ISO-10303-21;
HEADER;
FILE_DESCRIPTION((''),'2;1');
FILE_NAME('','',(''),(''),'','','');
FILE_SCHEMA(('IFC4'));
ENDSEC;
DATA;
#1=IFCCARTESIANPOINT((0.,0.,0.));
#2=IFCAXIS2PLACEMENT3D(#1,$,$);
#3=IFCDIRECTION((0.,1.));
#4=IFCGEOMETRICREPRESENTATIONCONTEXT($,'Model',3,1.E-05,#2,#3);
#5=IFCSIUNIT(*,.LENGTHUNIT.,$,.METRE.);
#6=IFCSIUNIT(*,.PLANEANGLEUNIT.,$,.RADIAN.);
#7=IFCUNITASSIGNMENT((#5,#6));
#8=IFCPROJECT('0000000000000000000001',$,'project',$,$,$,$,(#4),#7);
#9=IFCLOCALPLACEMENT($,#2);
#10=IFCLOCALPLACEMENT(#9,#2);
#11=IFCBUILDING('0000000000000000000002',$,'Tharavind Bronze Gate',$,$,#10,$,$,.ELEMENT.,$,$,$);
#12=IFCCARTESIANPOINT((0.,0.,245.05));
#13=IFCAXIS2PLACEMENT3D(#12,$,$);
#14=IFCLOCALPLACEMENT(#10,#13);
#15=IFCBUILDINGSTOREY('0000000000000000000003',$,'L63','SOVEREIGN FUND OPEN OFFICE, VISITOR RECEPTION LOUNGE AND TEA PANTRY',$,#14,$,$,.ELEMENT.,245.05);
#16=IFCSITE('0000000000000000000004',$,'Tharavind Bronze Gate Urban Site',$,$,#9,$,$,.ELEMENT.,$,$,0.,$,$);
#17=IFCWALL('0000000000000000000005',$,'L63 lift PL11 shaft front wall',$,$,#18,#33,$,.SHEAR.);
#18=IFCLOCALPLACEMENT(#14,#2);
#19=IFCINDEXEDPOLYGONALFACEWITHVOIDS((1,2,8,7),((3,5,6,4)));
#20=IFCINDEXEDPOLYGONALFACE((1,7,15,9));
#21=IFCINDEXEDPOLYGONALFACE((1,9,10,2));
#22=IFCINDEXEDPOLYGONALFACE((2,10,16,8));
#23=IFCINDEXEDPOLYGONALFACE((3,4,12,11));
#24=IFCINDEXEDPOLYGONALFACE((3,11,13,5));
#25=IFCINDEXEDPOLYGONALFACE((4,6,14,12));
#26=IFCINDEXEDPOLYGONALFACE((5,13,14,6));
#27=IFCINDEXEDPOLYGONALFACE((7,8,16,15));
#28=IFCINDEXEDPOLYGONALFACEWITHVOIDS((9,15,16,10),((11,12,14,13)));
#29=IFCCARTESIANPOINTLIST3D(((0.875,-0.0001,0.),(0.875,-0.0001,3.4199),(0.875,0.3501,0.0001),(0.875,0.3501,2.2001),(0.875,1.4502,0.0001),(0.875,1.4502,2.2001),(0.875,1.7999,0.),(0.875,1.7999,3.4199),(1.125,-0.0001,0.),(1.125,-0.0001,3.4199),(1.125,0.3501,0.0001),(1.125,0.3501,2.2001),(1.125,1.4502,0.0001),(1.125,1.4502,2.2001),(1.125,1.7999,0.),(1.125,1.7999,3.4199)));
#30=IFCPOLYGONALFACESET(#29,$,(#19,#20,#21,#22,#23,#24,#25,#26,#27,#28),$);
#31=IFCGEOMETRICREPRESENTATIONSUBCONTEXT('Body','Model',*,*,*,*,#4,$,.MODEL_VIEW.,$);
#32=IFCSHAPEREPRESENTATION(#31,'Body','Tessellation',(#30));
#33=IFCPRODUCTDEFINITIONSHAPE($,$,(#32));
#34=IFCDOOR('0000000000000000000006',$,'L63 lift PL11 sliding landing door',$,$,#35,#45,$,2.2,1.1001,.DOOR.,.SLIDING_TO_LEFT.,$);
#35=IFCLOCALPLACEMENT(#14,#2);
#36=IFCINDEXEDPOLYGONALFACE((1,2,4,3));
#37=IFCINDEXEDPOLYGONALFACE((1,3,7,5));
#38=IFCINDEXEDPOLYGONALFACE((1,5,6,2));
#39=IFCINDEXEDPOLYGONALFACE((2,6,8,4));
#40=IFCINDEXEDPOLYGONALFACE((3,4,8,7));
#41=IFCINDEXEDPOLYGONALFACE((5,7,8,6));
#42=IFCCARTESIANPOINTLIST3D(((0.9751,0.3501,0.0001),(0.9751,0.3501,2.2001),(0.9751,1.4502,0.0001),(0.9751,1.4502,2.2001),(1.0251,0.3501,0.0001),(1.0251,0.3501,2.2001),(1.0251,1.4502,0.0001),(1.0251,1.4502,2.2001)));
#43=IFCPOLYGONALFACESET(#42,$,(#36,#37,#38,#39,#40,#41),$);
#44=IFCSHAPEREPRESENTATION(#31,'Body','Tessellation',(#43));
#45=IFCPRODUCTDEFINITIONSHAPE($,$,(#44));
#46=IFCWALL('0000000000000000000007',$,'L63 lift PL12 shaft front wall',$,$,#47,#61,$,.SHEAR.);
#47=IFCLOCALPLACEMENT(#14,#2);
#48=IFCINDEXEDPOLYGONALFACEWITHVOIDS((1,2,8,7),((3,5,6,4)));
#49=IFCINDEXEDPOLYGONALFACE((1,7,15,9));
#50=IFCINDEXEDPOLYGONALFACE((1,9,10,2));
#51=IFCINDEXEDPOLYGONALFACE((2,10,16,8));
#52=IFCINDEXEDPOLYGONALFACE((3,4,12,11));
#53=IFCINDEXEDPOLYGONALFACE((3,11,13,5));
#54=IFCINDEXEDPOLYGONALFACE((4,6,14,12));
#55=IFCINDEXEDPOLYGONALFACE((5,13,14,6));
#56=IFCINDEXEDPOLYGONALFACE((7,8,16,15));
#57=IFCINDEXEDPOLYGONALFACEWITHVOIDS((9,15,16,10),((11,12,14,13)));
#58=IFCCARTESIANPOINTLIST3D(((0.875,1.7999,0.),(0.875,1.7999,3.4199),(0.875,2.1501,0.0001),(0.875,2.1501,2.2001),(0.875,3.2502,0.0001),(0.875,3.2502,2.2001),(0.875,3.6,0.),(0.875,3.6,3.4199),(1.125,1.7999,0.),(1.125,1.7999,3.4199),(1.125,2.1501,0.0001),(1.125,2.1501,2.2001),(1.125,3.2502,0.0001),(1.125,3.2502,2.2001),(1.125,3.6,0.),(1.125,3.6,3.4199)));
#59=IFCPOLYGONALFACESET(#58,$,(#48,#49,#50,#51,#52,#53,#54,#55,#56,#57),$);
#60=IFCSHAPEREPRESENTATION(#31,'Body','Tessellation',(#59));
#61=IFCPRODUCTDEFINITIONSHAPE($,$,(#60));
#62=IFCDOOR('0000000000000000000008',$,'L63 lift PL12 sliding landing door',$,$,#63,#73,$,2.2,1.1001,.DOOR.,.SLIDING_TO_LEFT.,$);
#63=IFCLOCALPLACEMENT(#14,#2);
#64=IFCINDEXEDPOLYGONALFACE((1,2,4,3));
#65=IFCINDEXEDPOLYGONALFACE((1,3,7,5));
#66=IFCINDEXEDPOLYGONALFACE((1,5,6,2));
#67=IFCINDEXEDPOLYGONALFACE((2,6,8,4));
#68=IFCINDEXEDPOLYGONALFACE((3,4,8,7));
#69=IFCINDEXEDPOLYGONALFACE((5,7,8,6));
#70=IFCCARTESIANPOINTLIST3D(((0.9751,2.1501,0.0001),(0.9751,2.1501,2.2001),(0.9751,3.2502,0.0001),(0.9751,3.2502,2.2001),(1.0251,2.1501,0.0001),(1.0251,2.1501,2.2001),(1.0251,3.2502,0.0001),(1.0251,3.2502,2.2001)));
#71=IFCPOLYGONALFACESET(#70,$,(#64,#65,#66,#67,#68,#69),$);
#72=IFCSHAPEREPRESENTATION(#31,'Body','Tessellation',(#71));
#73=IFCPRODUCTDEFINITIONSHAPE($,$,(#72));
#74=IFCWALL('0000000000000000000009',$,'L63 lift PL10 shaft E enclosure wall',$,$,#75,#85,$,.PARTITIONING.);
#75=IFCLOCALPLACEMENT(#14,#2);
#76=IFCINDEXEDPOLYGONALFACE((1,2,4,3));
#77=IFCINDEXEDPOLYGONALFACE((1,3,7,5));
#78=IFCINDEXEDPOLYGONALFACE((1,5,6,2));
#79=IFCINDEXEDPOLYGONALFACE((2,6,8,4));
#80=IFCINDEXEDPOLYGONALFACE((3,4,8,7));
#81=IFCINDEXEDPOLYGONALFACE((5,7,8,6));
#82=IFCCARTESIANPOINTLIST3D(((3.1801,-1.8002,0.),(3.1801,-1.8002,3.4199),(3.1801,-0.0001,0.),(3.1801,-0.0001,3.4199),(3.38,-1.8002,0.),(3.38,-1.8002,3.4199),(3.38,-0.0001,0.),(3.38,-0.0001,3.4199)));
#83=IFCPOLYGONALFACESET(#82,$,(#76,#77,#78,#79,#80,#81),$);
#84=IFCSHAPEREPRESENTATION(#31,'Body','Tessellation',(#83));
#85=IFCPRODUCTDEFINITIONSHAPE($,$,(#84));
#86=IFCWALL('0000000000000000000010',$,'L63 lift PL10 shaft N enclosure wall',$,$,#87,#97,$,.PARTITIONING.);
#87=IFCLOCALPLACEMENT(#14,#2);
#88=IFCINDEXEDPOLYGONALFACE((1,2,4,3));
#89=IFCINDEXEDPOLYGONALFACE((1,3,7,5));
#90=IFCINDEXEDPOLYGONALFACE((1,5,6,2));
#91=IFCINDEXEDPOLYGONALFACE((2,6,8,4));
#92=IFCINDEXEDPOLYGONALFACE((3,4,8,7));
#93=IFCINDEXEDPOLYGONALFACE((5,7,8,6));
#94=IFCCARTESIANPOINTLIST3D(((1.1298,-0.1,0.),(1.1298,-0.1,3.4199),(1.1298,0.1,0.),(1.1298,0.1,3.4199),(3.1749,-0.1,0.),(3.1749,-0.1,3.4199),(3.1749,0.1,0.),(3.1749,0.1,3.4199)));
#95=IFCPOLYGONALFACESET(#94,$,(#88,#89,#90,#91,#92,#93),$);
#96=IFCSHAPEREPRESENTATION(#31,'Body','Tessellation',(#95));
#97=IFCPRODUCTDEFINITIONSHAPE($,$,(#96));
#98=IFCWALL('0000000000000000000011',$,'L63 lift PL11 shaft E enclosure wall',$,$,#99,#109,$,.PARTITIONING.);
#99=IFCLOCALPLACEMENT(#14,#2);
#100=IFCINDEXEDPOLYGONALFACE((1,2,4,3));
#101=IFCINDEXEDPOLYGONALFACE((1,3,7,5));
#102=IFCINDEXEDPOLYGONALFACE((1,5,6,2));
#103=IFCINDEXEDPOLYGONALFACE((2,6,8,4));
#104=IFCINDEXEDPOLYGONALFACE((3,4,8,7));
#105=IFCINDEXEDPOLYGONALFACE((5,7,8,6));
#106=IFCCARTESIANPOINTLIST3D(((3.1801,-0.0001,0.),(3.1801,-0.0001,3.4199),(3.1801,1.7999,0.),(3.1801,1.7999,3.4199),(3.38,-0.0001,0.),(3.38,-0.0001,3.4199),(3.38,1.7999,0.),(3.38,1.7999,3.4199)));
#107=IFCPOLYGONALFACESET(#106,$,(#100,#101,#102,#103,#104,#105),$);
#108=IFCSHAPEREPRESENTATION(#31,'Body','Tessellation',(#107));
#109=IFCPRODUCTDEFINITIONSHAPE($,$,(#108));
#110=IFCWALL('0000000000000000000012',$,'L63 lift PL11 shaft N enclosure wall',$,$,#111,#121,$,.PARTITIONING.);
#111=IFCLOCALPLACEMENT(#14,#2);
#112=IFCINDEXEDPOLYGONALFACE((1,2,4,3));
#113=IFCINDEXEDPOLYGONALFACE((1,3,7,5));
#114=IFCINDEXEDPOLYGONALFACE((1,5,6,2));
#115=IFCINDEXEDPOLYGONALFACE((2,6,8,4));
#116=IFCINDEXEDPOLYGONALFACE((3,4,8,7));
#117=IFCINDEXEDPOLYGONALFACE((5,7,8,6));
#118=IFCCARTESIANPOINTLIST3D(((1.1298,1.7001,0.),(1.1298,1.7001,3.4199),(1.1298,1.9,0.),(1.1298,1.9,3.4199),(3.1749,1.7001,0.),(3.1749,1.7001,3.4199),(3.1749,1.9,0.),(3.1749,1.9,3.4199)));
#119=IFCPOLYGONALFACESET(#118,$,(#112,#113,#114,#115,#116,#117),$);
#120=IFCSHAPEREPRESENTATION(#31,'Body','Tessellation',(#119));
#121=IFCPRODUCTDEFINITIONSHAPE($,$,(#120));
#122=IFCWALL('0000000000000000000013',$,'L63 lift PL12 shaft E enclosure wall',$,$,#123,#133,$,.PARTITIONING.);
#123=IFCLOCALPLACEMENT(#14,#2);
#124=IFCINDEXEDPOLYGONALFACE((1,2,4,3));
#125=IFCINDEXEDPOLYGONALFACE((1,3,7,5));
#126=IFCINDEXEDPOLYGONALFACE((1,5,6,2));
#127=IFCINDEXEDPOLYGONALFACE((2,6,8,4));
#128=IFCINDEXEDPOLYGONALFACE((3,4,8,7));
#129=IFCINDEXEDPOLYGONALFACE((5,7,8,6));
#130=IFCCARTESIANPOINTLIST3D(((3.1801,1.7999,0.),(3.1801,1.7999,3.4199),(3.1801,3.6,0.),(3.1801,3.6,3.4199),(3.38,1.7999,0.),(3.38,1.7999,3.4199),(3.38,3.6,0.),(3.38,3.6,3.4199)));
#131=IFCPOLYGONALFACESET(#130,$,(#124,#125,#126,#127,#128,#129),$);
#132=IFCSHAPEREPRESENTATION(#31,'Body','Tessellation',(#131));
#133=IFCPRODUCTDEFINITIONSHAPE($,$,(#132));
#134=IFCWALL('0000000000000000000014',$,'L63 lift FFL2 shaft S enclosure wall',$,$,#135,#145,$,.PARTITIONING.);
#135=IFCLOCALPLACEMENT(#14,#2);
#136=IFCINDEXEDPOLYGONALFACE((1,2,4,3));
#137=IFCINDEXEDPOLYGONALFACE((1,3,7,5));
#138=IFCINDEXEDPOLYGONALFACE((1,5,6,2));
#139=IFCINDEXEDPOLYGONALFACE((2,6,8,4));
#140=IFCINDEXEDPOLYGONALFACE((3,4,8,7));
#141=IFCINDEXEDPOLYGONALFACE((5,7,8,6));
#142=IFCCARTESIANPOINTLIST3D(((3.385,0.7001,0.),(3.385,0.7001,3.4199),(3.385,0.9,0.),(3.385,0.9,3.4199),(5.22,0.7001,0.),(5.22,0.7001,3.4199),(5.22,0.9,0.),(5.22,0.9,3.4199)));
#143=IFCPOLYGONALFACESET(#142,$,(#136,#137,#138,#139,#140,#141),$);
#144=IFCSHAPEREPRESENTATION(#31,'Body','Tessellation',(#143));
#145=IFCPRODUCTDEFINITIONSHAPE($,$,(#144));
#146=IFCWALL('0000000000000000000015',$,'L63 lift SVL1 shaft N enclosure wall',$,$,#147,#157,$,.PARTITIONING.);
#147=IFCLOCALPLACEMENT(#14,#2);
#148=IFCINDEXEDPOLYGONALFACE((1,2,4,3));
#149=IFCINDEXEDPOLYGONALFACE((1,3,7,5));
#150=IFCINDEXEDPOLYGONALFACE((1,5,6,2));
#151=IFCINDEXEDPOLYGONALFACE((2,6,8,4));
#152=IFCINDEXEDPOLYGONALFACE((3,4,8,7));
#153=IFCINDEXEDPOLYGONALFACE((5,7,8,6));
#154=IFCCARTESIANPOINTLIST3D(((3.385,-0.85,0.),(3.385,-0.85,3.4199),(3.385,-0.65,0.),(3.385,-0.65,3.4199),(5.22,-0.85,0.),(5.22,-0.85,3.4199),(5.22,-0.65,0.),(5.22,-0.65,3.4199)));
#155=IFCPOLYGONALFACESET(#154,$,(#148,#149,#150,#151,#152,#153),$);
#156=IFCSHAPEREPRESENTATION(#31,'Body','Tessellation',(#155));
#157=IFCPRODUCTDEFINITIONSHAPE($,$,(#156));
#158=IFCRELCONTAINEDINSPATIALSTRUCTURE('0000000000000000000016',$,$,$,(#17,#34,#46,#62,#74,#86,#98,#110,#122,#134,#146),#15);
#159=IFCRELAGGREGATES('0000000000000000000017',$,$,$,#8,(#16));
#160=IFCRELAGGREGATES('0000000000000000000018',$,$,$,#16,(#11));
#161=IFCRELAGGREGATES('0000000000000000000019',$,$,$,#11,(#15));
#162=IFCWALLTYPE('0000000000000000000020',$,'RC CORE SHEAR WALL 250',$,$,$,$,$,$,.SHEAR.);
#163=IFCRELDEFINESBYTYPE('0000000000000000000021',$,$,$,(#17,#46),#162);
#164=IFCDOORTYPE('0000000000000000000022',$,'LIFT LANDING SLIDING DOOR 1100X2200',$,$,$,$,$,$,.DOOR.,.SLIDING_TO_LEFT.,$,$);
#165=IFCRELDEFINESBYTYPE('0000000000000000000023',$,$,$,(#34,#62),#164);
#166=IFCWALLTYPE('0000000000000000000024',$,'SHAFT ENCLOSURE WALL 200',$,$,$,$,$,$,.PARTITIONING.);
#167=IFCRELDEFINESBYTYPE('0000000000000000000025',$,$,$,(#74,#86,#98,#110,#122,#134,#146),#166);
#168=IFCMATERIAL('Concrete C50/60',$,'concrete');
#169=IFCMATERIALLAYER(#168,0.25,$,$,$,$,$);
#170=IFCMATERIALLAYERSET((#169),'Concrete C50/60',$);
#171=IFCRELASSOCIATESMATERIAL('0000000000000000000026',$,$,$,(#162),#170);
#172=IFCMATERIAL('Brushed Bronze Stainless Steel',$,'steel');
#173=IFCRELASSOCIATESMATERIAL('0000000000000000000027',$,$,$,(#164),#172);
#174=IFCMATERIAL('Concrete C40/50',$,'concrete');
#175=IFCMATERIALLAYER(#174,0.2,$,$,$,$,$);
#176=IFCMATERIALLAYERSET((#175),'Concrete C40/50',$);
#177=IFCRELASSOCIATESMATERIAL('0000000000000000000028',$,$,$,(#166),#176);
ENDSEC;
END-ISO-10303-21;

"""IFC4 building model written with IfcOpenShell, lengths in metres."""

from ifc_helpers import new_model, si_unit, direction, frame, frame_2d, origin, place, context, subcontext, project, spatial, rectangle, extrude, material, layer, layer_set, type_object, element, fill, save


model = new_model("IFC4")

# Units and contexts
model_context = context("Model", 3, precision=1e-05, world=origin(), true_north=direction((0.0, 1.0)))
body_context = subcontext(model_context, "Body", "Model", "MODEL_VIEW")
ifc_project = project(units=[si_unit("LENGTHUNIT", "METRE"), si_unit("PLANEANGLEUNIT", "RADIAN")], contexts=[model_context])

# Site, building, storey
site_placement = place(None, origin())
site = spatial("IfcSite", under=ifc_project, at=site_placement, Name="Tharavind Bronze Gate Urban Site", CompositionType="ELEMENT", RefElevation=0.0)
building_placement = place(site_placement, origin())
building = spatial("IfcBuilding", under=site, at=building_placement, Name="Tharavind Bronze Gate", CompositionType="ELEMENT")
storey_placement = place(building_placement, frame((0.0, 0.0, 245.05)))
storey = spatial("IfcBuildingStorey", under=building, at=storey_placement, Name="L63", Description="SOVEREIGN FUND OPEN OFFICE, VISITOR RECEPTION LOUNGE AND TEA PANTRY", CompositionType="ELEMENT", Elevation=245.05)

# Walls, openings, doors
ifc_material_1 = material(Name="Concrete C50/60", Category="concrete")
ifc_layer_1 = layer(ifc_material_1, 0.25)
ifc_layer_set_1 = layer_set([ifc_layer_1], Name="Concrete C50/60")
wall_type_1 = type_object("IfcWallType", Name="RC CORE SHEAR WALL 250", PredefinedType="SHEAR", material=ifc_layer_set_1)
wall_1_placement = place(storey_placement, frame((1.0, 0.0, 0.0), z_axis=(0.0, 0.0, 1.0), x_axis=(0.0, 1.0, 0.0)))
wall_1 = element("IfcWall", 1, at=wall_1_placement, inside=storey, type_object=wall_type_1, Name="L63 lift PL11 shaft front wall", PredefinedType="SHEAR", context=body_context, shape_type="SweptSolid", body=[
    extrude(rectangle(XDim=1.8, YDim=0.25, at=frame_2d((0.8999, 0.0))), origin(), (0.0, 0.0, 1.0), 3.4199),
])
opening_1_placement = place(wall_1_placement, frame((0.3501, 0.0, 0.0)))
opening_1 = element("IfcOpeningElement", 2, at=opening_1_placement, cuts=wall_1, PredefinedType="OPENING", context=body_context, shape_type="SweptSolid", body=[
    extrude(rectangle(XDim=1.1001, YDim=2.2, at=frame_2d((0.55, 1.1001))), frame((0.0, 0.135, 0.0), z_axis=(0.0, -1.0, 0.0), x_axis=(1.0, 0.0, 0.0)), (0.0, 0.0, 1.0), 0.27),
])
ifc_material_2 = material(Name="Brushed Bronze Stainless Steel", Category="steel")
door_type = type_object("IfcDoorType", Name="LIFT LANDING SLIDING DOOR 1100X2200", OperationType="SLIDING_TO_LEFT", PredefinedType="DOOR", material=ifc_material_2)
door_1_placement = place(opening_1_placement, origin())
door_1 = element("IfcDoor", 3, at=door_1_placement, inside=storey, type_object=door_type, Name="L63 lift PL11 sliding landing door", OperationType="SLIDING_TO_LEFT", OverallHeight=2.2, OverallWidth=1.1001, PredefinedType="DOOR", context=body_context, shape_type="SweptSolid", body=[
    extrude(rectangle(XDim=1.1001, YDim=2.2, at=frame_2d((0.55, 1.1001))), frame((0.0, 0.0249, 0.0), z_axis=(0.0, -1.0, 0.0), x_axis=(1.0, 0.0, 0.0)), (0.0, 0.0, 1.0), 0.05),
])
fill(opening_1, door_1)
wall_2_placement = place(storey_placement, frame((1.0, 1.8, 0.0), z_axis=(0.0, 0.0, 1.0), x_axis=(0.0, 1.0, 0.0)))
wall_2 = element("IfcWall", 4, at=wall_2_placement, inside=storey, type_object=wall_type_1, Name="L63 lift PL12 shaft front wall", PredefinedType="SHEAR", context=body_context, shape_type="SweptSolid", body=[
    extrude(rectangle(XDim=1.8, YDim=0.25, at=frame_2d((0.8999, 0.0))), origin(), (0.0, 0.0, 1.0), 3.4199),
])
opening_2_placement = place(wall_2_placement, frame((0.3501, 0.0, 0.0)))
opening_2 = element("IfcOpeningElement", 5, at=opening_2_placement, cuts=wall_2, PredefinedType="OPENING", context=body_context, shape_type="SweptSolid", body=[
    extrude(rectangle(XDim=1.1001, YDim=2.2, at=frame_2d((0.55, 1.1001))), frame((0.0, 0.135, 0.0), z_axis=(0.0, -1.0, 0.0), x_axis=(1.0, 0.0, 0.0)), (0.0, 0.0, 1.0), 0.27),
])
door_2_placement = place(opening_2_placement, origin())
door_2 = element("IfcDoor", 6, at=door_2_placement, inside=storey, type_object=door_type, Name="L63 lift PL12 sliding landing door", OperationType="SLIDING_TO_LEFT", OverallHeight=2.2, OverallWidth=1.1001, PredefinedType="DOOR", context=body_context, shape_type="SweptSolid", body=[
    extrude(rectangle(XDim=1.1001, YDim=2.2, at=frame_2d((0.55, 1.1001))), frame((0.0, 0.0249, 0.0), z_axis=(0.0, -1.0, 0.0), x_axis=(1.0, 0.0, 0.0)), (0.0, 0.0, 1.0), 0.05),
])
fill(opening_2, door_2)

# Walls
ifc_material_3 = material(Name="Concrete C40/50", Category="concrete")
ifc_layer_2 = layer(ifc_material_3, 0.2)
ifc_layer_set_2 = layer_set([ifc_layer_2], Name="Concrete C40/50")
wall_type_2 = type_object("IfcWallType", Name="SHAFT ENCLOSURE WALL 200", PredefinedType="PARTITIONING", material=ifc_layer_set_2)
wall_3_placement = place(storey_placement, frame((3.28, -1.8, 0.0), z_axis=(0.0, 0.0, 1.0), x_axis=(0.0, 1.0, 0.0)))
element("IfcWall", 7, at=wall_3_placement, inside=storey, type_object=wall_type_2, Name="L63 lift PL10 shaft E enclosure wall", PredefinedType="PARTITIONING", context=body_context, shape_type="SweptSolid", body=[
    extrude(rectangle(XDim=1.8, YDim=0.2, at=frame_2d((0.8999, 0.0))), origin(), (0.0, 0.0, 1.0), 3.4199),
])
wall_4_placement = place(storey_placement, frame((1.1299, 0.0, 0.0), z_axis=(0.0, 0.0, 1.0), x_axis=(1.0, 0.0, 0.0)))
element("IfcWall", 8, at=wall_4_placement, inside=storey, type_object=wall_type_2, Name="L63 lift PL10 shaft N enclosure wall", PredefinedType="PARTITIONING", context=body_context, shape_type="SweptSolid", body=[
    extrude(rectangle(XDim=2.0452, YDim=0.2, at=frame_2d((1.0225, 0.0))), origin(), (0.0, 0.0, 1.0), 3.4199),
])
wall_5_placement = place(storey_placement, frame((3.28, 0.0, 0.0), z_axis=(0.0, 0.0, 1.0), x_axis=(0.0, 1.0, 0.0)))
element("IfcWall", 9, at=wall_5_placement, inside=storey, type_object=wall_type_2, Name="L63 lift PL11 shaft E enclosure wall", PredefinedType="PARTITIONING", context=body_context, shape_type="SweptSolid", body=[
    extrude(rectangle(XDim=1.8, YDim=0.2, at=frame_2d((0.8999, 0.0))), origin(), (0.0, 0.0, 1.0), 3.4199),
])
wall_6_placement = place(storey_placement, frame((1.1299, 1.8, 0.0), z_axis=(0.0, 0.0, 1.0), x_axis=(1.0, 0.0, 0.0)))
element("IfcWall", 10, at=wall_6_placement, inside=storey, type_object=wall_type_2, Name="L63 lift PL11 shaft N enclosure wall", PredefinedType="PARTITIONING", context=body_context, shape_type="SweptSolid", body=[
    extrude(rectangle(XDim=2.0452, YDim=0.2, at=frame_2d((1.0225, 0.0))), origin(), (0.0, 0.0, 1.0), 3.4199),
])
wall_7_placement = place(storey_placement, frame((3.28, 1.8, 0.0), z_axis=(0.0, 0.0, 1.0), x_axis=(0.0, 1.0, 0.0)))
element("IfcWall", 11, at=wall_7_placement, inside=storey, type_object=wall_type_2, Name="L63 lift PL12 shaft E enclosure wall", PredefinedType="PARTITIONING", context=body_context, shape_type="SweptSolid", body=[
    extrude(rectangle(XDim=1.8, YDim=0.2, at=frame_2d((0.8999, 0.0))), origin(), (0.0, 0.0, 1.0), 3.4199),
])
for number, where, z_axis, x_axis, name in (
    (12, (3.385, 0.8, 0.0), (0.0, 0.0, 1.0), (1.0, 0.0, 0.0), "L63 lift FFL2 shaft S enclosure wall"),
    (13, (3.385, -0.75, 0.0), (0.0, 0.0, 1.0), (1.0, 0.0, 0.0), "L63 lift SVL1 shaft N enclosure wall"),
):
    element("IfcWall", number, at=place(storey_placement, frame(where, z_axis=z_axis, x_axis=x_axis)), inside=storey, type_object=wall_type_2, Name=name, PredefinedType="PARTITIONING", context=body_context, shape_type="SweptSolid", body=[
        extrude(rectangle(XDim=1.835, YDim=0.2, at=frame_2d((0.9175, 0.0))), origin(), (0.0, 0.0, 1.0), 3.4199),
    ])

save(model, "model.ifc")
